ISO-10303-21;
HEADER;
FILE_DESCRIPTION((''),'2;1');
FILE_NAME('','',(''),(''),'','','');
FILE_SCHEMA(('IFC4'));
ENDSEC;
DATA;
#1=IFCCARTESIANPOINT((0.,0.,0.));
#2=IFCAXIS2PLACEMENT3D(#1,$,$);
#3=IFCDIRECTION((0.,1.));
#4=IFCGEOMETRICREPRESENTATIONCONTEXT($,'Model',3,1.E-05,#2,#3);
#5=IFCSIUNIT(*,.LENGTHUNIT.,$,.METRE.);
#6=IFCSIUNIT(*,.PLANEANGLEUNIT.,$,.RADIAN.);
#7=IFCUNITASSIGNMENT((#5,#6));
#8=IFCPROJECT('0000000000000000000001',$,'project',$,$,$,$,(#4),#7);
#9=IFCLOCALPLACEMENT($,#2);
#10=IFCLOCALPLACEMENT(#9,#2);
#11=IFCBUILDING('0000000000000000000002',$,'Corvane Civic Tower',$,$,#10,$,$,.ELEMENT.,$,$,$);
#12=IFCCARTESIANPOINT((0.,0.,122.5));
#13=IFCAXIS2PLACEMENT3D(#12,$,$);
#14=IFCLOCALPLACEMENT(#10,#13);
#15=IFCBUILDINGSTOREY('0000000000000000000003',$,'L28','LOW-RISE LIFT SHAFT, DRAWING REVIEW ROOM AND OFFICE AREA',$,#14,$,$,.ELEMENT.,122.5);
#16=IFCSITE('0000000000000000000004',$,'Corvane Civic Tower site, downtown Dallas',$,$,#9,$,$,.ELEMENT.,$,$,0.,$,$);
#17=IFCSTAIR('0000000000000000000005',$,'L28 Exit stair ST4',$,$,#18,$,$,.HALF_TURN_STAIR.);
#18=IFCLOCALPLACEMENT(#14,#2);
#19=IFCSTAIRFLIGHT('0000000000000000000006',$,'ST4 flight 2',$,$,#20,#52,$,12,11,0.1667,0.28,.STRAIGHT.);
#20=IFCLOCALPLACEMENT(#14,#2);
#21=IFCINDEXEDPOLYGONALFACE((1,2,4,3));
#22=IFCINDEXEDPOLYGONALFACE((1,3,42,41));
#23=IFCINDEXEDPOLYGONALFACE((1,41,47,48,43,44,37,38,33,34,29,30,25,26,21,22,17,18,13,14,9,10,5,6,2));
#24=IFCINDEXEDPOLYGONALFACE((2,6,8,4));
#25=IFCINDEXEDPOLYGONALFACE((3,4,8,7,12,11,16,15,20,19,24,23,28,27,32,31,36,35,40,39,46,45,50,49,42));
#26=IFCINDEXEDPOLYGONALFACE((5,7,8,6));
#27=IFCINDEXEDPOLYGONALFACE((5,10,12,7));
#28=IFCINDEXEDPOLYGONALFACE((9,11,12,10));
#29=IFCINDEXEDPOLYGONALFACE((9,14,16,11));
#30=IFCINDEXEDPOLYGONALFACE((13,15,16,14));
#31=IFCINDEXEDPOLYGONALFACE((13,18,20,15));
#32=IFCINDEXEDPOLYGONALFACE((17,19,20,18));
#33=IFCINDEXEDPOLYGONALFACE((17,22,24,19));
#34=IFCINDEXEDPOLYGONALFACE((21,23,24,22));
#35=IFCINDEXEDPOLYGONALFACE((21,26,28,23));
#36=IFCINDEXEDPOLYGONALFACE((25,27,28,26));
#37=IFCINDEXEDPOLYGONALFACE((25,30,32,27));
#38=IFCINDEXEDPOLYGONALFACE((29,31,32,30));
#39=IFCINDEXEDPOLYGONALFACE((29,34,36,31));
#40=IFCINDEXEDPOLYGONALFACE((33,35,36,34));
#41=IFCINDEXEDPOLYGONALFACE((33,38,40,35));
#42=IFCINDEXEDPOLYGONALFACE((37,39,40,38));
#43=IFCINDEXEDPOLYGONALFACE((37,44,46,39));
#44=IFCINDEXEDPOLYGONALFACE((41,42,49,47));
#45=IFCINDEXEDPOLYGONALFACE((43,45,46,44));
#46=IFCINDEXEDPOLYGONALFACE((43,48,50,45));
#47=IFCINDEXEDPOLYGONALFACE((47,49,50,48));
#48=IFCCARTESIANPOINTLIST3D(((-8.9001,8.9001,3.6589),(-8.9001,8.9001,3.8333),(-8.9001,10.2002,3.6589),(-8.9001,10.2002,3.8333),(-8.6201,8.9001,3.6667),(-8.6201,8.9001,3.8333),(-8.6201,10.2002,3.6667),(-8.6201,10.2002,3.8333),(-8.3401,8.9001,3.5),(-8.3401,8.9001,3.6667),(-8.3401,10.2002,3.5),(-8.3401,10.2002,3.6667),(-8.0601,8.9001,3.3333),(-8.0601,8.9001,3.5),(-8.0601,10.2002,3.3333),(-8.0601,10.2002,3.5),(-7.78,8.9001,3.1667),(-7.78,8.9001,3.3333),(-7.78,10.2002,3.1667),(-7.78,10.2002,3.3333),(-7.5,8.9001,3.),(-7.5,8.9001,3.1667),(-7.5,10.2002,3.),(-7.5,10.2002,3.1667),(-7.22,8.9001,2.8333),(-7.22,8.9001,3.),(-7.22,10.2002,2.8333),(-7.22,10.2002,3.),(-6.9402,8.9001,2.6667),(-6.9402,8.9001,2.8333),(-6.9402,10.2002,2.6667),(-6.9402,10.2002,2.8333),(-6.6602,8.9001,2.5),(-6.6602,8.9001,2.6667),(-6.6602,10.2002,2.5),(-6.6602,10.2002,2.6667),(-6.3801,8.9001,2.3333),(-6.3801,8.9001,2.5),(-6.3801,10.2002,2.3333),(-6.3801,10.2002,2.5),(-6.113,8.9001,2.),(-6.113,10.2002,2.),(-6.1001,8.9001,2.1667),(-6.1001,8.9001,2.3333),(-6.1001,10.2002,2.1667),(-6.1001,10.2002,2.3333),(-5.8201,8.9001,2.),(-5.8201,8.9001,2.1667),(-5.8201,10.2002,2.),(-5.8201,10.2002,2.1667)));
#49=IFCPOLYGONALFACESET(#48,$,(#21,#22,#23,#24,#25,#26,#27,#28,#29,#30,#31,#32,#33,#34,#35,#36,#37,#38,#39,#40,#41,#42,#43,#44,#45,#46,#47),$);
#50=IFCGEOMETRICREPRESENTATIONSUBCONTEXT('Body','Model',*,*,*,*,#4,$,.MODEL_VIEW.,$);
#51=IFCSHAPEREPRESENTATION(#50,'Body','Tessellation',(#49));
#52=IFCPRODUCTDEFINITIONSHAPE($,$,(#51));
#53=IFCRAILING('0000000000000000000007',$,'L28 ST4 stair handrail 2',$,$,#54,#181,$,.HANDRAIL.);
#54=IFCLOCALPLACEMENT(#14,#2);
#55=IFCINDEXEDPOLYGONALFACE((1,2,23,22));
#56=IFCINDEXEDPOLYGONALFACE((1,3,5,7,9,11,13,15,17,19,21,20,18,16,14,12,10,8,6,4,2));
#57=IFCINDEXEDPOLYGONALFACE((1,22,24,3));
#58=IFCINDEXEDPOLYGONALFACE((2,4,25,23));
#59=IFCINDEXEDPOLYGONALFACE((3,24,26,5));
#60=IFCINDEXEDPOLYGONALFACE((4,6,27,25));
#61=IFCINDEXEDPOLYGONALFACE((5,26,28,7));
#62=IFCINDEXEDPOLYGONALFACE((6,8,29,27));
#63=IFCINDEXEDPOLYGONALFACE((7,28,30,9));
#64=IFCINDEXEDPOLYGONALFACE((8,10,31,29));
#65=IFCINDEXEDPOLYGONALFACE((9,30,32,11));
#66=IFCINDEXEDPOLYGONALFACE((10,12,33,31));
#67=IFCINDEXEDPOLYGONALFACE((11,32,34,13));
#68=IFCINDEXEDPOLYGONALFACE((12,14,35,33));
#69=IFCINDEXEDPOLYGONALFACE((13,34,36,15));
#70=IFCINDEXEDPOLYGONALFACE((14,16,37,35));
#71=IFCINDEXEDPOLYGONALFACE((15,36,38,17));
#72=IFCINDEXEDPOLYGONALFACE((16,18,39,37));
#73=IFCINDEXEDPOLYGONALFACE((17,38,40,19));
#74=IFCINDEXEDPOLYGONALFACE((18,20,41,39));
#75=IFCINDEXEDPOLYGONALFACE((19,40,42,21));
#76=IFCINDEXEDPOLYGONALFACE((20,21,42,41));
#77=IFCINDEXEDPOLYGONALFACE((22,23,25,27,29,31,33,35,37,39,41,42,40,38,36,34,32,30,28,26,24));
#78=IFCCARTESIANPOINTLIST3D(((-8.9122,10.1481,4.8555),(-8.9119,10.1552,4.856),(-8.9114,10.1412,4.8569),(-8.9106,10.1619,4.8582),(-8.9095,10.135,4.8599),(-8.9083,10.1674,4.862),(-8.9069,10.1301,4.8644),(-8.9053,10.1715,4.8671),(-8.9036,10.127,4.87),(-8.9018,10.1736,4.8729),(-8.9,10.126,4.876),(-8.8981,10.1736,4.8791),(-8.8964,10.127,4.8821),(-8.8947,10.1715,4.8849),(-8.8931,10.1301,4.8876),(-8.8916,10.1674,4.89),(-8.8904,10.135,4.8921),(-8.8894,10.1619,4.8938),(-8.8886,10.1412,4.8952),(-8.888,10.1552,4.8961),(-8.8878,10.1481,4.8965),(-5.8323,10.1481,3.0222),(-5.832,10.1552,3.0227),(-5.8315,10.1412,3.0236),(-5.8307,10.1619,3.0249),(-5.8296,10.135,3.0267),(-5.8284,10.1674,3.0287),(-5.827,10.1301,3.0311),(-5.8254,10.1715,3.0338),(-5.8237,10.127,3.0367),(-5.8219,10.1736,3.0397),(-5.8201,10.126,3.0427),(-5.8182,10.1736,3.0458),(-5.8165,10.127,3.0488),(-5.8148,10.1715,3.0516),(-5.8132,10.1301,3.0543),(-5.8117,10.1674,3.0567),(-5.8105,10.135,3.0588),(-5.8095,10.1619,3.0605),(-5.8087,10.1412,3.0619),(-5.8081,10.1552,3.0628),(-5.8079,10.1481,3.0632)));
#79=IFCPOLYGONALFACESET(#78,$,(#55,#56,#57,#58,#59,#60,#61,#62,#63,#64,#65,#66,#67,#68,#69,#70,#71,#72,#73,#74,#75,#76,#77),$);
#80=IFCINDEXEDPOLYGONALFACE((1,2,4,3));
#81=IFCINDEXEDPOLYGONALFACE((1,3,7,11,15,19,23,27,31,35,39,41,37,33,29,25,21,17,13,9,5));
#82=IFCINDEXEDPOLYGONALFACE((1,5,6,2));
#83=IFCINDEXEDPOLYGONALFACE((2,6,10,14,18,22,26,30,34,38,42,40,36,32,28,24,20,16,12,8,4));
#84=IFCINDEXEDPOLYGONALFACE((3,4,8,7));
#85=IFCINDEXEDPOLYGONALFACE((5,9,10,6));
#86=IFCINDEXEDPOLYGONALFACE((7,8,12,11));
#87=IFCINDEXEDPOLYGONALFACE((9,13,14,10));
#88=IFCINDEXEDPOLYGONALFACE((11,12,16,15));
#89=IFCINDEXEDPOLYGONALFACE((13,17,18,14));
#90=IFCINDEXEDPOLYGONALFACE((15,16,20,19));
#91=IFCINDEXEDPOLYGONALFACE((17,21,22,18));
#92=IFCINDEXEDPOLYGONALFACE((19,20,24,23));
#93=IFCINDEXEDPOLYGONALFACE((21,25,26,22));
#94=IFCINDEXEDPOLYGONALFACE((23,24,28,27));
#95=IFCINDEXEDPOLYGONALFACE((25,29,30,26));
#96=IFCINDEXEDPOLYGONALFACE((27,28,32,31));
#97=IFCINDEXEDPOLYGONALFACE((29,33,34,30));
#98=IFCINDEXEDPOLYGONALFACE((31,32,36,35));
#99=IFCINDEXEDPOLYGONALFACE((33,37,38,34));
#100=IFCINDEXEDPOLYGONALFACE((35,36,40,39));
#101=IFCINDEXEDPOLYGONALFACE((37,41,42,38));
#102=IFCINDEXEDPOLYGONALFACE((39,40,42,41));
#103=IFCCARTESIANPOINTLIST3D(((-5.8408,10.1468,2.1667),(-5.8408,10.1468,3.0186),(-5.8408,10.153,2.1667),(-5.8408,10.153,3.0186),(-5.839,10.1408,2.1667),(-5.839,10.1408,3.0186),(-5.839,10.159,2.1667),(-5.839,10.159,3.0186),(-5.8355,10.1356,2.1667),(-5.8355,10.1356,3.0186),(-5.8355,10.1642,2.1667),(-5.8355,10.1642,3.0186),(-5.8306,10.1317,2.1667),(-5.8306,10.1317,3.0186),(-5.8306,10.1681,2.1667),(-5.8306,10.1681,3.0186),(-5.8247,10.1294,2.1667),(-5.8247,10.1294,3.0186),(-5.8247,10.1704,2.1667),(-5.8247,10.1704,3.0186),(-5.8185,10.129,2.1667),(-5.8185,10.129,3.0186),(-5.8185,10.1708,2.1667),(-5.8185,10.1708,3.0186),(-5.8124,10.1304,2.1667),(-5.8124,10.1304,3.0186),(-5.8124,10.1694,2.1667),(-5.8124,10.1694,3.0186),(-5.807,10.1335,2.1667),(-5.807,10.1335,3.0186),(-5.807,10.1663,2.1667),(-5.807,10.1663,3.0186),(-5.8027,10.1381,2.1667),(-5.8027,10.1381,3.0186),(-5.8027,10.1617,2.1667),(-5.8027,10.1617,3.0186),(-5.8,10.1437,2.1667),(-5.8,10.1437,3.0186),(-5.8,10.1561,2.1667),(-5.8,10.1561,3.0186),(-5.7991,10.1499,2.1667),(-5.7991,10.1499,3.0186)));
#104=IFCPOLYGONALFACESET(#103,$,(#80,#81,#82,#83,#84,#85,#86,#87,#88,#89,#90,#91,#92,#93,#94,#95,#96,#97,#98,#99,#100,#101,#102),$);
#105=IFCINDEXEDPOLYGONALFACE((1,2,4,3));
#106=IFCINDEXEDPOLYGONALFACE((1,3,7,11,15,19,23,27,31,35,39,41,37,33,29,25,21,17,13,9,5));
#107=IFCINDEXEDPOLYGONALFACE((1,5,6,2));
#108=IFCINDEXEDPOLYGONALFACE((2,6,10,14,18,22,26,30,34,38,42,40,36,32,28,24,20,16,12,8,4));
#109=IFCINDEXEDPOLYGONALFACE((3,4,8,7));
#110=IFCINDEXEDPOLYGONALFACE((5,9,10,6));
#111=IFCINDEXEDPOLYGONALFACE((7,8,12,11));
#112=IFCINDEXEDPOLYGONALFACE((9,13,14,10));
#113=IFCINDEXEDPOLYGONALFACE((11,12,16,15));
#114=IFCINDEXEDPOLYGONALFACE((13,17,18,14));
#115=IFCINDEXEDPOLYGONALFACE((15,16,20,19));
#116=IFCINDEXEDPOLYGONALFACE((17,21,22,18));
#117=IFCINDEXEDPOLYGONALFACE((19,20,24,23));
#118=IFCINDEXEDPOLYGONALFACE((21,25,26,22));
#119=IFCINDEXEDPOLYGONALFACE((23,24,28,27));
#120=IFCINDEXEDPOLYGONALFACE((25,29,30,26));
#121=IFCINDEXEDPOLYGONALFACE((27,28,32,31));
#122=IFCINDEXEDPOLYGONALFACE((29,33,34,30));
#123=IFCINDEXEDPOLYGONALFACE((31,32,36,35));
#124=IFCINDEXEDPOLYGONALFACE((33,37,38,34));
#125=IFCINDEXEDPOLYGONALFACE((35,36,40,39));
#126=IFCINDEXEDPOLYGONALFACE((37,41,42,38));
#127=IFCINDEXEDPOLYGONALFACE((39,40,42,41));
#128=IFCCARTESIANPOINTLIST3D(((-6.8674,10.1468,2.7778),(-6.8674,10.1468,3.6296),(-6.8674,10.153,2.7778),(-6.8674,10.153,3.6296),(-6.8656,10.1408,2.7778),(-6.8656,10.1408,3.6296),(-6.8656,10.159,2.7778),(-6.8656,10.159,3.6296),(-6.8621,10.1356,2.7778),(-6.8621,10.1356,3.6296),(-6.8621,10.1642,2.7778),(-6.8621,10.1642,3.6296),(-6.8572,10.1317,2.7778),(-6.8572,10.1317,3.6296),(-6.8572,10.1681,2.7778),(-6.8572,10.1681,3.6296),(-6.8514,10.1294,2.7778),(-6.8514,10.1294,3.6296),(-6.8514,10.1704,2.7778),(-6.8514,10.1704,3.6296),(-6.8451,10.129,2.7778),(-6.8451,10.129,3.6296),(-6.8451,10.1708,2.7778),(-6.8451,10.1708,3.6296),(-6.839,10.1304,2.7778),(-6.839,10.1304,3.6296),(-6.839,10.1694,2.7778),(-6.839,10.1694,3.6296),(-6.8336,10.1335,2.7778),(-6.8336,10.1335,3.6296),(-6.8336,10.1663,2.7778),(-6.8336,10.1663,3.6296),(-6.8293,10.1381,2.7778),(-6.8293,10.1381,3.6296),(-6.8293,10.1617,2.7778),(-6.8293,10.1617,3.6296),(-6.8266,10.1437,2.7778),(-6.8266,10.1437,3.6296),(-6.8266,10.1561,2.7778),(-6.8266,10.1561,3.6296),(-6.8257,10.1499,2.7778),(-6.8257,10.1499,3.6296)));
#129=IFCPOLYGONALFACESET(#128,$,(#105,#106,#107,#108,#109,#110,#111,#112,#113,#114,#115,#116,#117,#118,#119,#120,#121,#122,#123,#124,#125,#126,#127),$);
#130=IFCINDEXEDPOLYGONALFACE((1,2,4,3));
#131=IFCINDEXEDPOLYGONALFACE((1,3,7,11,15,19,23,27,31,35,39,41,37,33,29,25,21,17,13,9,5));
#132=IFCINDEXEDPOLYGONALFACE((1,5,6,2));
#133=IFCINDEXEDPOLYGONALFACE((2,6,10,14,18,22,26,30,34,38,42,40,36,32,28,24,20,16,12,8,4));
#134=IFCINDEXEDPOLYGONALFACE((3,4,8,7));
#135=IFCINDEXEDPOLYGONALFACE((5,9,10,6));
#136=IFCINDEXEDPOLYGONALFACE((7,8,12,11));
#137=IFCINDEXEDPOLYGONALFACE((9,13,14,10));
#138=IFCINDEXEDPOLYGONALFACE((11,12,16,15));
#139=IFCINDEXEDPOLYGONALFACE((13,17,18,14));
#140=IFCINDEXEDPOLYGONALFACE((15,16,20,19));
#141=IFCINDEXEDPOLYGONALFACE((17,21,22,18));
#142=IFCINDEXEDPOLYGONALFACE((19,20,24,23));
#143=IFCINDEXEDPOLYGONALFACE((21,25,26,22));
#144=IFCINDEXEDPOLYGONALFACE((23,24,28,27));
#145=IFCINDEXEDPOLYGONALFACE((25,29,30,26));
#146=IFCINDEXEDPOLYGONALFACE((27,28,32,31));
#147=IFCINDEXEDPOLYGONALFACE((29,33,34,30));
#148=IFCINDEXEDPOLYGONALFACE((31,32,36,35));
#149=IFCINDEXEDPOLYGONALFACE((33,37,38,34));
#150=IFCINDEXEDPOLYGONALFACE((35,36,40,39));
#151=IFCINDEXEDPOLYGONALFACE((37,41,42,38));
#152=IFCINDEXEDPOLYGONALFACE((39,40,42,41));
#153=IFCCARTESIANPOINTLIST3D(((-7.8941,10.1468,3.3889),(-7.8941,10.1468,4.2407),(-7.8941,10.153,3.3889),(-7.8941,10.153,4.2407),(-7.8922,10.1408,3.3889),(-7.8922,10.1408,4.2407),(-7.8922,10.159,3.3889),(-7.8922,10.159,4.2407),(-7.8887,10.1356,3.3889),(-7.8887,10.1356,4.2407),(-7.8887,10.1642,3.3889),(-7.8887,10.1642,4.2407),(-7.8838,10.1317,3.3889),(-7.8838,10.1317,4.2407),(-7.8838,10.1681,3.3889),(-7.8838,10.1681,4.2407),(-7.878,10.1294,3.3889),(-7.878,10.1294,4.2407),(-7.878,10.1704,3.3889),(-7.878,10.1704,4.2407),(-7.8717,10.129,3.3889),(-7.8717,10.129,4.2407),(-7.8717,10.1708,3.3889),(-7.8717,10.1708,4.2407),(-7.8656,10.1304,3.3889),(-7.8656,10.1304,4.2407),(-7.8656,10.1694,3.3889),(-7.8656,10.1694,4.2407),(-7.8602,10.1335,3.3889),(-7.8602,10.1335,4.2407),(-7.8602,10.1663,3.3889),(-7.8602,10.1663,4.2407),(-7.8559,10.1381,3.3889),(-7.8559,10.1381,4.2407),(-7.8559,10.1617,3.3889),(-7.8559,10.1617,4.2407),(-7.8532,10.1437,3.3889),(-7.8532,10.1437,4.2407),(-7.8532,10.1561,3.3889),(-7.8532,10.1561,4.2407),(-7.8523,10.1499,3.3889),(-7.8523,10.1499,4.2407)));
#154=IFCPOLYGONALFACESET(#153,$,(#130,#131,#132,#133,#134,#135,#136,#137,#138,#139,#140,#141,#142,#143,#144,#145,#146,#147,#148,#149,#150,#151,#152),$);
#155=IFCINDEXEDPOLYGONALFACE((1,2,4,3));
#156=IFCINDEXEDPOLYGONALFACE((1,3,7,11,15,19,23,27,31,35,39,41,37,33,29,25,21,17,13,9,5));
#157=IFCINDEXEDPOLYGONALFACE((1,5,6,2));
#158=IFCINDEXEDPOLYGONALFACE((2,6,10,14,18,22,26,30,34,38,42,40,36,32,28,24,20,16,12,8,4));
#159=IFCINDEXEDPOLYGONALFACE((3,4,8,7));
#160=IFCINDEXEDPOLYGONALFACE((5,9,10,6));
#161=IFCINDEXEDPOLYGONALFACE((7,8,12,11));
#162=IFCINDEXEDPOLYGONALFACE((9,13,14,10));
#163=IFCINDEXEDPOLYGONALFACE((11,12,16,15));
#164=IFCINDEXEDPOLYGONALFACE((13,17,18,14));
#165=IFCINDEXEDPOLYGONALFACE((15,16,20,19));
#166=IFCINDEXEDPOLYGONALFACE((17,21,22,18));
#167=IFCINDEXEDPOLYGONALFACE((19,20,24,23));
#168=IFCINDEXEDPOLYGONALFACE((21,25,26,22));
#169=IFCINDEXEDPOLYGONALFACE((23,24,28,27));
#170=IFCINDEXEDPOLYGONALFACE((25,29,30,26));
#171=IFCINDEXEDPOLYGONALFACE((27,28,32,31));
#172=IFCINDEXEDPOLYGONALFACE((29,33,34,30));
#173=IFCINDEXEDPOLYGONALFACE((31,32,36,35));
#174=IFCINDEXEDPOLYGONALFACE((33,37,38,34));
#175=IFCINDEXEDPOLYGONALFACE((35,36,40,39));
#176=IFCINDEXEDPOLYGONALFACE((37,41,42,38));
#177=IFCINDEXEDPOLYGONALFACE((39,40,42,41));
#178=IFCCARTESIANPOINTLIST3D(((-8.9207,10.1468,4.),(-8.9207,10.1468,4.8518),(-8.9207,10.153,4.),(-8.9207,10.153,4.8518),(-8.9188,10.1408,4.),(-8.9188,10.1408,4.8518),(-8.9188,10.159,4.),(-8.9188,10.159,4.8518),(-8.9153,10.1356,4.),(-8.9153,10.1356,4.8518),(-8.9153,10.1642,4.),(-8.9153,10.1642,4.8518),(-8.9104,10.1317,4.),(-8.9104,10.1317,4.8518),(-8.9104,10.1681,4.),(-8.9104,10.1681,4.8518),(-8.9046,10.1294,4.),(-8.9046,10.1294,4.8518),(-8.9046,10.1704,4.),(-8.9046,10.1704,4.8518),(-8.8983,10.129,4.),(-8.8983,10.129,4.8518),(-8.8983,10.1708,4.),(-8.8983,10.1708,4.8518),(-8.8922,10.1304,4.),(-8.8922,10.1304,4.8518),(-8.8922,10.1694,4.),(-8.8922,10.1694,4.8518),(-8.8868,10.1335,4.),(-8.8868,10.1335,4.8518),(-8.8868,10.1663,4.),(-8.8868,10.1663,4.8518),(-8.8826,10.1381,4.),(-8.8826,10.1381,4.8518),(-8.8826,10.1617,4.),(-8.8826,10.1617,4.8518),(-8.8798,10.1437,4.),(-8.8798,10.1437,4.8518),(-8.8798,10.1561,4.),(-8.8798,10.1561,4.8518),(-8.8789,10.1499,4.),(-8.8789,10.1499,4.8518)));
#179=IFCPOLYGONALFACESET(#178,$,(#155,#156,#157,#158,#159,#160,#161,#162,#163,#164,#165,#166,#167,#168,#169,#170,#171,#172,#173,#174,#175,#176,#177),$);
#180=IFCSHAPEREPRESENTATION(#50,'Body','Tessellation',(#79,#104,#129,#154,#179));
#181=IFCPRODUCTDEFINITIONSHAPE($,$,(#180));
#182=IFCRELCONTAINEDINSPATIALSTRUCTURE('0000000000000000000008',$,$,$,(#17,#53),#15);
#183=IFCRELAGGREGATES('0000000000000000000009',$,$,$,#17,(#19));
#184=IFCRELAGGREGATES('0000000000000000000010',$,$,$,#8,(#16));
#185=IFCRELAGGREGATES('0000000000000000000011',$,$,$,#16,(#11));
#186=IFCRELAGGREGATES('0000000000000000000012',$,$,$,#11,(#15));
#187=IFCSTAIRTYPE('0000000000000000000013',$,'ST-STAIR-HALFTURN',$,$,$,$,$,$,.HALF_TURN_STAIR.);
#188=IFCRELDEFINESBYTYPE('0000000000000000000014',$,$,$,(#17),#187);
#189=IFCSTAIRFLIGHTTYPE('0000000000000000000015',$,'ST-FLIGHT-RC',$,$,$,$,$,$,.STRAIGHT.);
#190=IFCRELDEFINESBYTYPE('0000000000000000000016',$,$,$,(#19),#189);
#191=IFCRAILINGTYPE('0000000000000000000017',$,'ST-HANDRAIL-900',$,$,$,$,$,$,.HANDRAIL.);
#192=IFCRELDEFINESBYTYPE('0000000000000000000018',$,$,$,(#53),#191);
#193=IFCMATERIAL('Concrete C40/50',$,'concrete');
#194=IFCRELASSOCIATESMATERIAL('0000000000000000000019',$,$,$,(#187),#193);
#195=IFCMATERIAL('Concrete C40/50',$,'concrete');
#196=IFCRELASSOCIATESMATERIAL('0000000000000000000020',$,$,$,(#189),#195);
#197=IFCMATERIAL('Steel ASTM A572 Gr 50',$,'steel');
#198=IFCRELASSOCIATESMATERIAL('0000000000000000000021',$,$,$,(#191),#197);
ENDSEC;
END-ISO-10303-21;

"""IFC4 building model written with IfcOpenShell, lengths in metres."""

from ifc_helpers import new_model, si_unit, direction, frame, origin, origin_2d, place, context, subcontext, project, spatial, polyline, circle, outline, extrude, material, type_object, element, aggregate, save


model = new_model("IFC4")

# Units and contexts
model_context = context("Model", 3, precision=1e-05, world=origin(), true_north=direction((0.0, 1.0)))
body_context = subcontext(model_context, "Body", "Model", "MODEL_VIEW")
ifc_project = project(units=[si_unit("LENGTHUNIT", "METRE"), si_unit("PLANEANGLEUNIT", "RADIAN")], contexts=[model_context])

# Site, building, storey
site_placement = place(None, origin())
site = spatial("IfcSite", under=ifc_project, at=site_placement, Name="Corvane Civic Tower site, downtown Dallas", CompositionType="ELEMENT", RefElevation=0.0)
building_placement = place(site_placement, origin())
building = spatial("IfcBuilding", under=site, at=building_placement, Name="Corvane Civic Tower", CompositionType="ELEMENT")
storey_placement = place(building_placement, frame((0.0, 0.0, 122.5)))
storey = spatial("IfcBuildingStorey", under=building, at=storey_placement, Name="L28", Description="LOW-RISE LIFT SHAFT, DRAWING REVIEW ROOM AND OFFICE AREA", CompositionType="ELEMENT", Elevation=122.5)

# Shared definitions
ifc_material_1 = material(Name="Concrete C40/50", Category="concrete")
stair_type = type_object("IfcStairType", Name="ST-STAIR-HALFTURN", PredefinedType="HALF_TURN_STAIR", material=ifc_material_1)

# Stair, stair flight
stair_1_placement = place(storey_placement, origin())
stair_1 = element("IfcStair", 1, at=stair_1_placement, inside=storey, type_object=stair_type, Name="L28 Exit stair ST4", PredefinedType="HALF_TURN_STAIR")
ifc_material_2 = material(Name="Concrete C40/50", Category="concrete")
stair_flight_type = type_object("IfcStairFlightType", Name="ST-FLIGHT-RC", PredefinedType="STRAIGHT", material=ifc_material_2)
stair_flight_placement = place(storey_placement, frame((-5.8201, 9.55, 2.0), z_axis=(0.0, 0.0, 1.0), x_axis=(-1.0, 0.0, 0.0)))
stair_flight = element("IfcStairFlight", 2, at=stair_flight_placement, type_object=stair_flight_type, Name="ST4 flight 2", NumberOfRisers=12, NumberOfTreads=11, PredefinedType="STRAIGHT", RiserHeight=0.1667, TreadLength=0.28, context=body_context, shape_type="SweptSolid", body=[
    extrude(outline(polyline([(0.0, 0.0), (0.0, 0.1667), (0.28, 0.1667), (0.28, 0.3333), (0.5601, 0.3333), (0.5601, 0.5), (0.8401, 0.5), (0.8401, 0.6667), (1.1201, 0.6667), (1.1201, 0.8333), (1.3999, 0.8333), (1.3999, 1.0), (1.6799, 1.0), (1.6799, 1.1667), (1.96, 1.1667), (1.96, 1.3333), (2.24, 1.3333), (2.24, 1.5), (2.52, 1.5), (2.52, 1.6667), (2.8, 1.6667), (2.8, 1.8333), (3.0801, 1.8333), (3.0801, 2.0), (3.0801, 1.6589), (0.293, 0.0), (0.0, 0.0)])), frame((0.0, 0.6499, 0.0), z_axis=(0.0, -1.0, 0.0), x_axis=(1.0, 0.0, 0.0)), (0.0, 0.0, 1.0), 1.3),
])
aggregate(stair_1, [stair_flight])

# Railing
ifc_material_3 = material(Name="Steel ASTM A572 Gr 50", Category="steel")
railing_type = type_object("IfcRailingType", Name="ST-HANDRAIL-900", PredefinedType="HANDRAIL", material=ifc_material_3)
railing_placement = place(storey_placement, frame((-5.8201, 10.1499, 2.1667)))
element("IfcRailing", 3, at=railing_placement, inside=storey, type_object=railing_type, Name="L28 ST4 stair handrail 2", PredefinedType="HANDRAIL", context=body_context, shape_type="SweptSolid", body=[
    extrude(circle(Radius=0.0239, at=origin_2d()), frame((0.0, 0.0, 0.876), z_axis=(-0.859291, 0.0, 0.511487), x_axis=(0.0, -1.0, 0.0)), (0.0, 0.0, 1.0), 3.5842),
    extrude(circle(Radius=0.021, at=origin_2d()), origin(), (0.0, 0.0, 1.0), 0.8518),
    extrude(circle(Radius=0.021, at=origin_2d()), frame((-1.0266, 0.0, 0.6111)), (0.0, 0.0, 1.0), 0.8518),
    extrude(circle(Radius=0.021, at=origin_2d()), frame((-2.0532, 0.0, 1.2222)), (0.0, 0.0, 1.0), 0.8518),
    extrude(circle(Radius=0.021, at=origin_2d()), frame((-3.0798, 0.0, 1.8333)), (0.0, 0.0, 1.0), 0.8518),
])

save(model, "model.ifc")
